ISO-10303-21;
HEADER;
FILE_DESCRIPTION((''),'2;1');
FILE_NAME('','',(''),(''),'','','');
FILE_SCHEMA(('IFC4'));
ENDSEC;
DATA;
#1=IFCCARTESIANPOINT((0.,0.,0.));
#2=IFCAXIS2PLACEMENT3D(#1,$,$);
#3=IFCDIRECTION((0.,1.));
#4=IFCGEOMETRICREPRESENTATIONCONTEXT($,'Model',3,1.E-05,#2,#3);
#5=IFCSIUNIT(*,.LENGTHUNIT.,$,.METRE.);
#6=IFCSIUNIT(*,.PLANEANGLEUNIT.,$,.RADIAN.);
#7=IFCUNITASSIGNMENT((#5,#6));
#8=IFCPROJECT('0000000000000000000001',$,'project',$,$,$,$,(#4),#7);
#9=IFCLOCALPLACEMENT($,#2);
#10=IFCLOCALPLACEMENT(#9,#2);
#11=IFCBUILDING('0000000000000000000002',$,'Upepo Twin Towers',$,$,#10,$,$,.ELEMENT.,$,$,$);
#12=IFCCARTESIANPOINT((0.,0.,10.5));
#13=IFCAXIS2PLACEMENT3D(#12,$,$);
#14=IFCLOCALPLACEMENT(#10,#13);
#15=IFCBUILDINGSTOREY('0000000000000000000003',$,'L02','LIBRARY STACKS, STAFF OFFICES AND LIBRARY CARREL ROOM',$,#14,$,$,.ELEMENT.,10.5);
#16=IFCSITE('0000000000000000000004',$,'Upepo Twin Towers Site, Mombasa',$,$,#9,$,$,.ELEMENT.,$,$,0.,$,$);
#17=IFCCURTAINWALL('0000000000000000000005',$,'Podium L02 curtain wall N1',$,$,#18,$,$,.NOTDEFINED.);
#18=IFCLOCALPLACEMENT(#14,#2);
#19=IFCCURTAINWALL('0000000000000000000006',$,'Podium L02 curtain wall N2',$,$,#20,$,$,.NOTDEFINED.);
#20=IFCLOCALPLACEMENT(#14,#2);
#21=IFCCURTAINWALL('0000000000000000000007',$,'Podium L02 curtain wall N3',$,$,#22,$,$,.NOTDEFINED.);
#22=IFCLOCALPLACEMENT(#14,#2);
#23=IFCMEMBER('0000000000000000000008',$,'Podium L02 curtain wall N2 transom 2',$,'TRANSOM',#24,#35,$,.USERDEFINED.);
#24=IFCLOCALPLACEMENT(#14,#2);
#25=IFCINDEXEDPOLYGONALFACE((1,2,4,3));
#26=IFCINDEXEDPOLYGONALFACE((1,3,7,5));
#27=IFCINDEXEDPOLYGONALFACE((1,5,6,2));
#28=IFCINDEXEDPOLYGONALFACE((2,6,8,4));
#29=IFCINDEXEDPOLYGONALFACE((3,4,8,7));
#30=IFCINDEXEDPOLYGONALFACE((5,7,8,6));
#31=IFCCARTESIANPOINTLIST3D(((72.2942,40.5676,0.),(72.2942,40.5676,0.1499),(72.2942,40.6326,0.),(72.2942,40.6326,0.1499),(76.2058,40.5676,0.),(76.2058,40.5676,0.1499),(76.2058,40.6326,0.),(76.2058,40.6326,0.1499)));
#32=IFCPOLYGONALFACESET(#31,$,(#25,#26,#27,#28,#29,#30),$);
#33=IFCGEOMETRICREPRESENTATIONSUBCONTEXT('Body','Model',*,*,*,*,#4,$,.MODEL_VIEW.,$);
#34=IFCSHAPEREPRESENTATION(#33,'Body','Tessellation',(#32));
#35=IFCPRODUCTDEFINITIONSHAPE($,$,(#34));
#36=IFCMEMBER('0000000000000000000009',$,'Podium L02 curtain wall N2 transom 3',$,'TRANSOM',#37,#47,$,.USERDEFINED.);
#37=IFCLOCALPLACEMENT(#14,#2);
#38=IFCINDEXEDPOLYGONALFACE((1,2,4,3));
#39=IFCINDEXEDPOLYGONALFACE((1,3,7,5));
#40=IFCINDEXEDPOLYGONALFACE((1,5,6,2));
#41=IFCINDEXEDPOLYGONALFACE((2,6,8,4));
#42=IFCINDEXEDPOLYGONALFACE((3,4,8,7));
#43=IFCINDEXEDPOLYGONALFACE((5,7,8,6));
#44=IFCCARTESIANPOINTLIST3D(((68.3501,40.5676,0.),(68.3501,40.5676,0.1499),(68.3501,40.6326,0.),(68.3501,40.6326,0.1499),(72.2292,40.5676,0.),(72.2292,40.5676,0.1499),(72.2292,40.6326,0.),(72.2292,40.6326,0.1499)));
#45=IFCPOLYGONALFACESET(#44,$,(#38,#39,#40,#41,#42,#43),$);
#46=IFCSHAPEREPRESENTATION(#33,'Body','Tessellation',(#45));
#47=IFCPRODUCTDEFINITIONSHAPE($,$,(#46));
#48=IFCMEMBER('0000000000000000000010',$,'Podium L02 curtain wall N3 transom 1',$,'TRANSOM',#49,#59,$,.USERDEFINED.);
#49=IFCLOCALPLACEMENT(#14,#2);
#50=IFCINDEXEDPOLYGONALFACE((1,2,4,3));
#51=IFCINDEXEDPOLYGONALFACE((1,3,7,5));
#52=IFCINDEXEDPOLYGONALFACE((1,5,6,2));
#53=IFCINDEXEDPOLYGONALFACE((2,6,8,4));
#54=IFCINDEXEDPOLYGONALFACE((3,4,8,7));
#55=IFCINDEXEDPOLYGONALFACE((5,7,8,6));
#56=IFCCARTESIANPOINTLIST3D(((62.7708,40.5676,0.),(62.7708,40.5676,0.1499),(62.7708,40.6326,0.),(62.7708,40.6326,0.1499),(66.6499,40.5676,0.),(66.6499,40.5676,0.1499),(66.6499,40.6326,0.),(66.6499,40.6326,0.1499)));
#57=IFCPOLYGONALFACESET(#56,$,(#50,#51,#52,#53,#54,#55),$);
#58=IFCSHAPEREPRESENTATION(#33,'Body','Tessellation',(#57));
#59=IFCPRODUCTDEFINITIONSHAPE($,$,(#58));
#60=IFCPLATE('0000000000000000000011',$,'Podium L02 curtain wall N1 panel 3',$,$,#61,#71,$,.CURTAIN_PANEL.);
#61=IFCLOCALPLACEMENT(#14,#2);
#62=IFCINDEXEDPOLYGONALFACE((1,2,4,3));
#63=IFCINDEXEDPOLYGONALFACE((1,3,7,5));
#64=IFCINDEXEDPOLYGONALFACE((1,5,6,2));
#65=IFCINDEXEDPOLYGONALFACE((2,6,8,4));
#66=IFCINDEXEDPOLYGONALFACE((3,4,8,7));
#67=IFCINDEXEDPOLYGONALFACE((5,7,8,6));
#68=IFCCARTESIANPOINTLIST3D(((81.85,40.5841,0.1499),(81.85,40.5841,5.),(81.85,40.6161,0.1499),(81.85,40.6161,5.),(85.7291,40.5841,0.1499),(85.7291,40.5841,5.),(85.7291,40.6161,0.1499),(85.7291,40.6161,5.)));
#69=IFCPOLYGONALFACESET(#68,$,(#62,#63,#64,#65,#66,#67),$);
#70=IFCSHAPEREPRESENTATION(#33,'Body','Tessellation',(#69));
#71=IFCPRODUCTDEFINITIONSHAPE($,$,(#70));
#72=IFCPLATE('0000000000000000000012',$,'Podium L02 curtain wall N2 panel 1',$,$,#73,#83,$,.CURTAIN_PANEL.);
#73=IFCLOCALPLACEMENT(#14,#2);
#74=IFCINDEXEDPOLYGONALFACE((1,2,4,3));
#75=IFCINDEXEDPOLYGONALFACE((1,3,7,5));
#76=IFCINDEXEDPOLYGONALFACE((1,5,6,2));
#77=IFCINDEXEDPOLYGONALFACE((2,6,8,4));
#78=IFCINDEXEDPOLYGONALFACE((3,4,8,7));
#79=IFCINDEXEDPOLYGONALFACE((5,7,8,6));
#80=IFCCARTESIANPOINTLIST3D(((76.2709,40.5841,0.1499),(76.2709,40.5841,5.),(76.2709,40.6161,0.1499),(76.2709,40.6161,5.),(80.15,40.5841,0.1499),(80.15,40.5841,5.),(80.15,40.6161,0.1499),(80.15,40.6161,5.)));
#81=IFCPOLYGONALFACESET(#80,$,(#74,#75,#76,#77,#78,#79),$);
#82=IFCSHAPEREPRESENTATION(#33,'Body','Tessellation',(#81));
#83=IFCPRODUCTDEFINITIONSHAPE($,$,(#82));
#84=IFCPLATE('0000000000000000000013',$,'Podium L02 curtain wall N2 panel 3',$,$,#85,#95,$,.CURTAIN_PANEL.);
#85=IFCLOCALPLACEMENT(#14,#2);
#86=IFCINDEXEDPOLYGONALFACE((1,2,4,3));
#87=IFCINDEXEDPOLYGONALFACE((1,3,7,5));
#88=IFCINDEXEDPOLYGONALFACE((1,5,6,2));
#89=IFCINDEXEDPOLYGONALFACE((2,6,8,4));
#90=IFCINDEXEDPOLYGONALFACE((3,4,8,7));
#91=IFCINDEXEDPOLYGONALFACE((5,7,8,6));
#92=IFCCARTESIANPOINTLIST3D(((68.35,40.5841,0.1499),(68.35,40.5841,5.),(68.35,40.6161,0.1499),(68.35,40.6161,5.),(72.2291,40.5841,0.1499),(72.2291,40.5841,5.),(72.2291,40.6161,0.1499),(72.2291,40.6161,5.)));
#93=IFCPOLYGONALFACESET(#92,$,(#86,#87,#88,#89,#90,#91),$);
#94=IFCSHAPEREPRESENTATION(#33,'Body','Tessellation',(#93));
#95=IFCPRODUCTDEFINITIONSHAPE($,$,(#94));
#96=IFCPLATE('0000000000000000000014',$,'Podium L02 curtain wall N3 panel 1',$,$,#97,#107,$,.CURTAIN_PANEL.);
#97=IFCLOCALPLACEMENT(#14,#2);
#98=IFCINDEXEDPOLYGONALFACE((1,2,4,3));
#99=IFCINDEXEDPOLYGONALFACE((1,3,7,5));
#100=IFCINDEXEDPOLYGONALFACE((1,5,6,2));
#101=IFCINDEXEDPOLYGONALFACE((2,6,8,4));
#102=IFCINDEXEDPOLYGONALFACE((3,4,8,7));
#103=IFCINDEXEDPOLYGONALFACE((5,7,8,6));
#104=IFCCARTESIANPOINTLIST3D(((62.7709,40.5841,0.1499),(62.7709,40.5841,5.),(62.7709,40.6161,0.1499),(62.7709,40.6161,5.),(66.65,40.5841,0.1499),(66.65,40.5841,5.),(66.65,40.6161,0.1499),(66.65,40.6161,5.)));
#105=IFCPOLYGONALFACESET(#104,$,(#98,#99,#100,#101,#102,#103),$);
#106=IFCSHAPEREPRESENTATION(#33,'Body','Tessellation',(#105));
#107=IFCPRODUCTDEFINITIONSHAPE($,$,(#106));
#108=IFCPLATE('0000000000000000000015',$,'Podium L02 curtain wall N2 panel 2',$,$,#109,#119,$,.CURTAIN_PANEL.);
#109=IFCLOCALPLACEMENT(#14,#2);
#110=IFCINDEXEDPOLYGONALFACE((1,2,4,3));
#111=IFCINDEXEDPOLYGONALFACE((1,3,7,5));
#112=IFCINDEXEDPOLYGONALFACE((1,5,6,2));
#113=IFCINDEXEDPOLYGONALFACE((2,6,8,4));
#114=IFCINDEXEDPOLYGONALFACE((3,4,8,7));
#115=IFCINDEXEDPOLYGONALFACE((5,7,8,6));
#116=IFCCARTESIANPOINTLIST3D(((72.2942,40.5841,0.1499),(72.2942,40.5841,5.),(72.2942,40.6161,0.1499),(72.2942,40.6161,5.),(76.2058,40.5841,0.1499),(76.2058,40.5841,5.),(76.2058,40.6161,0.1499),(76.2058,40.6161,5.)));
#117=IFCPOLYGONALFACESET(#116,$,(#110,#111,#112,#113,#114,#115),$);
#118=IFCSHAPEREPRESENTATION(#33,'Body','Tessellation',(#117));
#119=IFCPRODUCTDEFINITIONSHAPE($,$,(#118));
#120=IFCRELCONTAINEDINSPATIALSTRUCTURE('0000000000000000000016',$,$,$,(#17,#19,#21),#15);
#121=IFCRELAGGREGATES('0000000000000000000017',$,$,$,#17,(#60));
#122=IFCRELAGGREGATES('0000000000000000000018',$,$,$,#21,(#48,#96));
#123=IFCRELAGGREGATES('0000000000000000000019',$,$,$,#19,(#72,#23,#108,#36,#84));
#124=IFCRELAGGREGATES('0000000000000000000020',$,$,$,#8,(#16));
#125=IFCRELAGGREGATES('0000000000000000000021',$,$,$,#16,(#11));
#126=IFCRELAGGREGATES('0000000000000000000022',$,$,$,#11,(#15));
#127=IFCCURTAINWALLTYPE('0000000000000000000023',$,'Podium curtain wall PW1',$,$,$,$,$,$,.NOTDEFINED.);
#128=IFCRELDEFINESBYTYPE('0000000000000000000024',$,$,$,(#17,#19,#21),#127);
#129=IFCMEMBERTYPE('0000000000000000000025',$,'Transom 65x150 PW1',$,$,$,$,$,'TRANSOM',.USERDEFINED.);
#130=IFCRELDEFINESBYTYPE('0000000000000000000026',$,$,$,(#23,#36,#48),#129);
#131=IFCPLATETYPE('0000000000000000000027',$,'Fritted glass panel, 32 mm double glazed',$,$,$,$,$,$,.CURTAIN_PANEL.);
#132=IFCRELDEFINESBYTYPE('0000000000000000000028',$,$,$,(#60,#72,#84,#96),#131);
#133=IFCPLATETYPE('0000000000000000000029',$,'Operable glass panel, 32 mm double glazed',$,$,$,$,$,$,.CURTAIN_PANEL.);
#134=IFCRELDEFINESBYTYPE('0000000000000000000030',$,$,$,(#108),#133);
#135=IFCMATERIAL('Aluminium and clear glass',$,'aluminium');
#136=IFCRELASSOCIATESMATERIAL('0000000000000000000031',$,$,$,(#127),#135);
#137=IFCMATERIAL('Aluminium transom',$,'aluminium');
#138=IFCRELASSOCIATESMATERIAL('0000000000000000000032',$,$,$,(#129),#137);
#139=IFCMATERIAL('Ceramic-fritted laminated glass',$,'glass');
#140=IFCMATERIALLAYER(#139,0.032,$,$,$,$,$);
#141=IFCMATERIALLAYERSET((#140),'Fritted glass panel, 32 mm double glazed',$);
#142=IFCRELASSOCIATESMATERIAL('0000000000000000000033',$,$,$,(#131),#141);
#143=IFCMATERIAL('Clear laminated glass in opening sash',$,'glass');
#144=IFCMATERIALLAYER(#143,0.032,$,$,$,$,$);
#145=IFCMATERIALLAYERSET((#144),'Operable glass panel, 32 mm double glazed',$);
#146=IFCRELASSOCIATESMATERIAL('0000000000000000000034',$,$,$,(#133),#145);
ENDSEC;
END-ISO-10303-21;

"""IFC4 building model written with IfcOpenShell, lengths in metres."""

from ifc_helpers import new_model, si_unit, direction, frame, origin, origin_2d, place, context, subcontext, project, spatial, rectangle, extrude, material, layer, layer_set, material_profile, profile_set, type_object, element, aggregate, save


model = new_model("IFC4")

# Units and contexts
model_context = context("Model", 3, precision=1e-05, world=origin(), true_north=direction((0.0, 1.0)))
body_context = subcontext(model_context, "Body", "Model", "MODEL_VIEW")
ifc_project = project(units=[si_unit("LENGTHUNIT", "METRE"), si_unit("PLANEANGLEUNIT", "RADIAN")], contexts=[model_context])

# Site, building, storey
site_placement = place(None, origin())
site = spatial("IfcSite", under=ifc_project, at=site_placement, Name="Upepo Twin Towers Site, Mombasa", CompositionType="ELEMENT", RefElevation=0.0)
building_placement = place(site_placement, origin())
building = spatial("IfcBuilding", under=site, at=building_placement, Name="Upepo Twin Towers", CompositionType="ELEMENT")
storey_placement = place(building_placement, frame((0.0, 0.0, 10.5)))
storey = spatial("IfcBuildingStorey", under=building, at=storey_placement, Name="L02", Description="LIBRARY STACKS, STAFF OFFICES AND LIBRARY CARREL ROOM", CompositionType="ELEMENT", Elevation=10.5)

# Curtain wall
ifc_material_1 = material(Name="Aluminium and clear glass", Category="aluminium")
curtain_wall_type = type_object("IfcCurtainWallType", Name="Podium curtain wall PW1", PredefinedType="NOTDEFINED", material=ifc_material_1)
curtain_wall_1_placement = place(storey_placement, origin())
curtain_wall_1 = element("IfcCurtainWall", 1, at=curtain_wall_1_placement, inside=storey, type_object=curtain_wall_type, Name="Podium L02 curtain wall N1", PredefinedType="NOTDEFINED")

# Curtain wall
curtain_wall_2_placement = place(storey_placement, origin())
curtain_wall_2 = element("IfcCurtainWall", 2, at=curtain_wall_2_placement, inside=storey, type_object=curtain_wall_type, Name="Podium L02 curtain wall N2", PredefinedType="NOTDEFINED")

# Curtain wall
curtain_wall_3_placement = place(storey_placement, origin())
curtain_wall_3 = element("IfcCurtainWall", 3, at=curtain_wall_3_placement, inside=storey, type_object=curtain_wall_type, Name="Podium L02 curtain wall N3", PredefinedType="NOTDEFINED")

# Members
ifc_material_2 = material(Name="Aluminium transom", Category="aluminium")
ifc_material_profile_1 = material_profile(ifc_material_2, rectangle(XDim=0.0649, YDim=0.1499, at=origin_2d()), Name="TRANSOM 65x150 PODIUM")
ifc_profile_set_1 = profile_set([ifc_material_profile_1], Name="Aluminium transom")
member_type_1 = type_object("IfcMemberType", Name="Transom 65x150 PW1", ElementType="TRANSOM", PredefinedType="USERDEFINED", material=ifc_profile_set_1)
member_1_placement = place(storey_placement, frame((76.2058, 40.6001, 0.075), z_axis=(-1.0, 0.0, 0.0), x_axis=(0.0, -1.0, 0.0)))
member_1 = element("IfcMember", 4, at=member_1_placement, type_object=member_type_1, Name="Podium L02 curtain wall N2 transom 2", ObjectType="TRANSOM", PredefinedType="USERDEFINED", context=body_context, shape_type="SweptSolid", body=[
    extrude(rectangle(XDim=0.0649, YDim=0.1499, at=origin_2d()), origin(), (0.0, 0.0, 1.0), 3.9116),
])
member_2_placement = place(storey_placement, frame((72.2292, 40.6001, 0.075), z_axis=(-1.0, 0.0, 0.0), x_axis=(0.0, -1.0, 0.0)))
member_2 = element("IfcMember", 5, at=member_2_placement, type_object=member_type_1, Name="Podium L02 curtain wall N2 transom 3", ObjectType="TRANSOM", PredefinedType="USERDEFINED", context=body_context, shape_type="SweptSolid", body=[
    extrude(rectangle(XDim=0.0649, YDim=0.1499, at=origin_2d()), origin(), (0.0, 0.0, 1.0), 3.8792),
])
member_3_placement = place(storey_placement, frame((66.6499, 40.6001, 0.075), z_axis=(-1.0, 0.0, 0.0), x_axis=(0.0, -1.0, 0.0)))
member_3 = element("IfcMember", 6, at=member_3_placement, type_object=member_type_1, Name="Podium L02 curtain wall N3 transom 1", ObjectType="TRANSOM", PredefinedType="USERDEFINED", context=body_context, shape_type="SweptSolid", body=[
    extrude(rectangle(XDim=0.0649, YDim=0.1499, at=origin_2d()), origin(), (0.0, 0.0, 1.0), 3.8792),
])

# Plates
ifc_material_3 = material(Name="Ceramic-fritted laminated glass", Category="glass")
ifc_layer_1 = layer(ifc_material_3, 0.032)
ifc_layer_set_1 = layer_set([ifc_layer_1], Name="Fritted glass panel, 32 mm double glazed")
plate_type_1 = type_object("IfcPlateType", Name="Fritted glass panel, 32 mm double glazed", PredefinedType="CURTAIN_PANEL", material=ifc_layer_set_1)
plate_1_placement = place(storey_placement, frame((83.7896, 40.6001, 0.1499), z_axis=(0.0, 0.0, 1.0), x_axis=(-1.0, 0.0, 0.0)))
plate_1 = element("IfcPlate", 7, at=plate_1_placement, type_object=plate_type_1, Name="Podium L02 curtain wall N1 panel 3", PredefinedType="CURTAIN_PANEL", context=body_context, shape_type="SweptSolid", body=[
    extrude(rectangle(XDim=3.8792, YDim=0.032, at=origin_2d()), origin(), (0.0, 0.0, 1.0), 4.8501),
])
aggregate(curtain_wall_1, [plate_1])
plate_2_placement = place(storey_placement, frame((78.2104, 40.6001, 0.1499), z_axis=(0.0, 0.0, 1.0), x_axis=(-1.0, 0.0, 0.0)))
plate_2 = element("IfcPlate", 8, at=plate_2_placement, type_object=plate_type_1, Name="Podium L02 curtain wall N2 panel 1", PredefinedType="CURTAIN_PANEL", context=body_context, shape_type="SweptSolid", body=[
    extrude(rectangle(XDim=3.8792, YDim=0.032, at=origin_2d()), origin(), (0.0, 0.0, 1.0), 4.8501),
])
plate_3_placement = place(storey_placement, frame((70.2896, 40.6001, 0.1499), z_axis=(0.0, 0.0, 1.0), x_axis=(-1.0, 0.0, 0.0)))
plate_3 = element("IfcPlate", 9, at=plate_3_placement, type_object=plate_type_1, Name="Podium L02 curtain wall N2 panel 3", PredefinedType="CURTAIN_PANEL", context=body_context, shape_type="SweptSolid", body=[
    extrude(rectangle(XDim=3.8792, YDim=0.032, at=origin_2d()), origin(), (0.0, 0.0, 1.0), 4.8501),
])
plate_4_placement = place(storey_placement, frame((64.7104, 40.6001, 0.1499), z_axis=(0.0, 0.0, 1.0), x_axis=(-1.0, 0.0, 0.0)))
plate_4 = element("IfcPlate", 10, at=plate_4_placement, type_object=plate_type_1, Name="Podium L02 curtain wall N3 panel 1", PredefinedType="CURTAIN_PANEL", context=body_context, shape_type="SweptSolid", body=[
    extrude(rectangle(XDim=3.8792, YDim=0.032, at=origin_2d()), origin(), (0.0, 0.0, 1.0), 4.8501),
])
aggregate(curtain_wall_3, [member_3, plate_4])
ifc_material_4 = material(Name="Clear laminated glass in opening sash", Category="glass")
ifc_layer_2 = layer(ifc_material_4, 0.032)
ifc_layer_set_2 = layer_set([ifc_layer_2], Name="Operable glass panel, 32 mm double glazed")
plate_type_2 = type_object("IfcPlateType", Name="Operable glass panel, 32 mm double glazed", PredefinedType="CURTAIN_PANEL", material=ifc_layer_set_2)
plate_5_placement = place(storey_placement, frame((74.25, 40.6001, 0.1499), z_axis=(0.0, 0.0, 1.0), x_axis=(-1.0, 0.0, 0.0)))
plate_5 = element("IfcPlate", 11, at=plate_5_placement, type_object=plate_type_2, Name="Podium L02 curtain wall N2 panel 2", PredefinedType="CURTAIN_PANEL", context=body_context, shape_type="SweptSolid", body=[
    extrude(rectangle(XDim=3.9116, YDim=0.032, at=origin_2d()), origin(), (0.0, 0.0, 1.0), 4.8501),
])
aggregate(curtain_wall_2, [plate_2, member_1, plate_5, member_2, plate_3])

save(model, "model.ifc")
